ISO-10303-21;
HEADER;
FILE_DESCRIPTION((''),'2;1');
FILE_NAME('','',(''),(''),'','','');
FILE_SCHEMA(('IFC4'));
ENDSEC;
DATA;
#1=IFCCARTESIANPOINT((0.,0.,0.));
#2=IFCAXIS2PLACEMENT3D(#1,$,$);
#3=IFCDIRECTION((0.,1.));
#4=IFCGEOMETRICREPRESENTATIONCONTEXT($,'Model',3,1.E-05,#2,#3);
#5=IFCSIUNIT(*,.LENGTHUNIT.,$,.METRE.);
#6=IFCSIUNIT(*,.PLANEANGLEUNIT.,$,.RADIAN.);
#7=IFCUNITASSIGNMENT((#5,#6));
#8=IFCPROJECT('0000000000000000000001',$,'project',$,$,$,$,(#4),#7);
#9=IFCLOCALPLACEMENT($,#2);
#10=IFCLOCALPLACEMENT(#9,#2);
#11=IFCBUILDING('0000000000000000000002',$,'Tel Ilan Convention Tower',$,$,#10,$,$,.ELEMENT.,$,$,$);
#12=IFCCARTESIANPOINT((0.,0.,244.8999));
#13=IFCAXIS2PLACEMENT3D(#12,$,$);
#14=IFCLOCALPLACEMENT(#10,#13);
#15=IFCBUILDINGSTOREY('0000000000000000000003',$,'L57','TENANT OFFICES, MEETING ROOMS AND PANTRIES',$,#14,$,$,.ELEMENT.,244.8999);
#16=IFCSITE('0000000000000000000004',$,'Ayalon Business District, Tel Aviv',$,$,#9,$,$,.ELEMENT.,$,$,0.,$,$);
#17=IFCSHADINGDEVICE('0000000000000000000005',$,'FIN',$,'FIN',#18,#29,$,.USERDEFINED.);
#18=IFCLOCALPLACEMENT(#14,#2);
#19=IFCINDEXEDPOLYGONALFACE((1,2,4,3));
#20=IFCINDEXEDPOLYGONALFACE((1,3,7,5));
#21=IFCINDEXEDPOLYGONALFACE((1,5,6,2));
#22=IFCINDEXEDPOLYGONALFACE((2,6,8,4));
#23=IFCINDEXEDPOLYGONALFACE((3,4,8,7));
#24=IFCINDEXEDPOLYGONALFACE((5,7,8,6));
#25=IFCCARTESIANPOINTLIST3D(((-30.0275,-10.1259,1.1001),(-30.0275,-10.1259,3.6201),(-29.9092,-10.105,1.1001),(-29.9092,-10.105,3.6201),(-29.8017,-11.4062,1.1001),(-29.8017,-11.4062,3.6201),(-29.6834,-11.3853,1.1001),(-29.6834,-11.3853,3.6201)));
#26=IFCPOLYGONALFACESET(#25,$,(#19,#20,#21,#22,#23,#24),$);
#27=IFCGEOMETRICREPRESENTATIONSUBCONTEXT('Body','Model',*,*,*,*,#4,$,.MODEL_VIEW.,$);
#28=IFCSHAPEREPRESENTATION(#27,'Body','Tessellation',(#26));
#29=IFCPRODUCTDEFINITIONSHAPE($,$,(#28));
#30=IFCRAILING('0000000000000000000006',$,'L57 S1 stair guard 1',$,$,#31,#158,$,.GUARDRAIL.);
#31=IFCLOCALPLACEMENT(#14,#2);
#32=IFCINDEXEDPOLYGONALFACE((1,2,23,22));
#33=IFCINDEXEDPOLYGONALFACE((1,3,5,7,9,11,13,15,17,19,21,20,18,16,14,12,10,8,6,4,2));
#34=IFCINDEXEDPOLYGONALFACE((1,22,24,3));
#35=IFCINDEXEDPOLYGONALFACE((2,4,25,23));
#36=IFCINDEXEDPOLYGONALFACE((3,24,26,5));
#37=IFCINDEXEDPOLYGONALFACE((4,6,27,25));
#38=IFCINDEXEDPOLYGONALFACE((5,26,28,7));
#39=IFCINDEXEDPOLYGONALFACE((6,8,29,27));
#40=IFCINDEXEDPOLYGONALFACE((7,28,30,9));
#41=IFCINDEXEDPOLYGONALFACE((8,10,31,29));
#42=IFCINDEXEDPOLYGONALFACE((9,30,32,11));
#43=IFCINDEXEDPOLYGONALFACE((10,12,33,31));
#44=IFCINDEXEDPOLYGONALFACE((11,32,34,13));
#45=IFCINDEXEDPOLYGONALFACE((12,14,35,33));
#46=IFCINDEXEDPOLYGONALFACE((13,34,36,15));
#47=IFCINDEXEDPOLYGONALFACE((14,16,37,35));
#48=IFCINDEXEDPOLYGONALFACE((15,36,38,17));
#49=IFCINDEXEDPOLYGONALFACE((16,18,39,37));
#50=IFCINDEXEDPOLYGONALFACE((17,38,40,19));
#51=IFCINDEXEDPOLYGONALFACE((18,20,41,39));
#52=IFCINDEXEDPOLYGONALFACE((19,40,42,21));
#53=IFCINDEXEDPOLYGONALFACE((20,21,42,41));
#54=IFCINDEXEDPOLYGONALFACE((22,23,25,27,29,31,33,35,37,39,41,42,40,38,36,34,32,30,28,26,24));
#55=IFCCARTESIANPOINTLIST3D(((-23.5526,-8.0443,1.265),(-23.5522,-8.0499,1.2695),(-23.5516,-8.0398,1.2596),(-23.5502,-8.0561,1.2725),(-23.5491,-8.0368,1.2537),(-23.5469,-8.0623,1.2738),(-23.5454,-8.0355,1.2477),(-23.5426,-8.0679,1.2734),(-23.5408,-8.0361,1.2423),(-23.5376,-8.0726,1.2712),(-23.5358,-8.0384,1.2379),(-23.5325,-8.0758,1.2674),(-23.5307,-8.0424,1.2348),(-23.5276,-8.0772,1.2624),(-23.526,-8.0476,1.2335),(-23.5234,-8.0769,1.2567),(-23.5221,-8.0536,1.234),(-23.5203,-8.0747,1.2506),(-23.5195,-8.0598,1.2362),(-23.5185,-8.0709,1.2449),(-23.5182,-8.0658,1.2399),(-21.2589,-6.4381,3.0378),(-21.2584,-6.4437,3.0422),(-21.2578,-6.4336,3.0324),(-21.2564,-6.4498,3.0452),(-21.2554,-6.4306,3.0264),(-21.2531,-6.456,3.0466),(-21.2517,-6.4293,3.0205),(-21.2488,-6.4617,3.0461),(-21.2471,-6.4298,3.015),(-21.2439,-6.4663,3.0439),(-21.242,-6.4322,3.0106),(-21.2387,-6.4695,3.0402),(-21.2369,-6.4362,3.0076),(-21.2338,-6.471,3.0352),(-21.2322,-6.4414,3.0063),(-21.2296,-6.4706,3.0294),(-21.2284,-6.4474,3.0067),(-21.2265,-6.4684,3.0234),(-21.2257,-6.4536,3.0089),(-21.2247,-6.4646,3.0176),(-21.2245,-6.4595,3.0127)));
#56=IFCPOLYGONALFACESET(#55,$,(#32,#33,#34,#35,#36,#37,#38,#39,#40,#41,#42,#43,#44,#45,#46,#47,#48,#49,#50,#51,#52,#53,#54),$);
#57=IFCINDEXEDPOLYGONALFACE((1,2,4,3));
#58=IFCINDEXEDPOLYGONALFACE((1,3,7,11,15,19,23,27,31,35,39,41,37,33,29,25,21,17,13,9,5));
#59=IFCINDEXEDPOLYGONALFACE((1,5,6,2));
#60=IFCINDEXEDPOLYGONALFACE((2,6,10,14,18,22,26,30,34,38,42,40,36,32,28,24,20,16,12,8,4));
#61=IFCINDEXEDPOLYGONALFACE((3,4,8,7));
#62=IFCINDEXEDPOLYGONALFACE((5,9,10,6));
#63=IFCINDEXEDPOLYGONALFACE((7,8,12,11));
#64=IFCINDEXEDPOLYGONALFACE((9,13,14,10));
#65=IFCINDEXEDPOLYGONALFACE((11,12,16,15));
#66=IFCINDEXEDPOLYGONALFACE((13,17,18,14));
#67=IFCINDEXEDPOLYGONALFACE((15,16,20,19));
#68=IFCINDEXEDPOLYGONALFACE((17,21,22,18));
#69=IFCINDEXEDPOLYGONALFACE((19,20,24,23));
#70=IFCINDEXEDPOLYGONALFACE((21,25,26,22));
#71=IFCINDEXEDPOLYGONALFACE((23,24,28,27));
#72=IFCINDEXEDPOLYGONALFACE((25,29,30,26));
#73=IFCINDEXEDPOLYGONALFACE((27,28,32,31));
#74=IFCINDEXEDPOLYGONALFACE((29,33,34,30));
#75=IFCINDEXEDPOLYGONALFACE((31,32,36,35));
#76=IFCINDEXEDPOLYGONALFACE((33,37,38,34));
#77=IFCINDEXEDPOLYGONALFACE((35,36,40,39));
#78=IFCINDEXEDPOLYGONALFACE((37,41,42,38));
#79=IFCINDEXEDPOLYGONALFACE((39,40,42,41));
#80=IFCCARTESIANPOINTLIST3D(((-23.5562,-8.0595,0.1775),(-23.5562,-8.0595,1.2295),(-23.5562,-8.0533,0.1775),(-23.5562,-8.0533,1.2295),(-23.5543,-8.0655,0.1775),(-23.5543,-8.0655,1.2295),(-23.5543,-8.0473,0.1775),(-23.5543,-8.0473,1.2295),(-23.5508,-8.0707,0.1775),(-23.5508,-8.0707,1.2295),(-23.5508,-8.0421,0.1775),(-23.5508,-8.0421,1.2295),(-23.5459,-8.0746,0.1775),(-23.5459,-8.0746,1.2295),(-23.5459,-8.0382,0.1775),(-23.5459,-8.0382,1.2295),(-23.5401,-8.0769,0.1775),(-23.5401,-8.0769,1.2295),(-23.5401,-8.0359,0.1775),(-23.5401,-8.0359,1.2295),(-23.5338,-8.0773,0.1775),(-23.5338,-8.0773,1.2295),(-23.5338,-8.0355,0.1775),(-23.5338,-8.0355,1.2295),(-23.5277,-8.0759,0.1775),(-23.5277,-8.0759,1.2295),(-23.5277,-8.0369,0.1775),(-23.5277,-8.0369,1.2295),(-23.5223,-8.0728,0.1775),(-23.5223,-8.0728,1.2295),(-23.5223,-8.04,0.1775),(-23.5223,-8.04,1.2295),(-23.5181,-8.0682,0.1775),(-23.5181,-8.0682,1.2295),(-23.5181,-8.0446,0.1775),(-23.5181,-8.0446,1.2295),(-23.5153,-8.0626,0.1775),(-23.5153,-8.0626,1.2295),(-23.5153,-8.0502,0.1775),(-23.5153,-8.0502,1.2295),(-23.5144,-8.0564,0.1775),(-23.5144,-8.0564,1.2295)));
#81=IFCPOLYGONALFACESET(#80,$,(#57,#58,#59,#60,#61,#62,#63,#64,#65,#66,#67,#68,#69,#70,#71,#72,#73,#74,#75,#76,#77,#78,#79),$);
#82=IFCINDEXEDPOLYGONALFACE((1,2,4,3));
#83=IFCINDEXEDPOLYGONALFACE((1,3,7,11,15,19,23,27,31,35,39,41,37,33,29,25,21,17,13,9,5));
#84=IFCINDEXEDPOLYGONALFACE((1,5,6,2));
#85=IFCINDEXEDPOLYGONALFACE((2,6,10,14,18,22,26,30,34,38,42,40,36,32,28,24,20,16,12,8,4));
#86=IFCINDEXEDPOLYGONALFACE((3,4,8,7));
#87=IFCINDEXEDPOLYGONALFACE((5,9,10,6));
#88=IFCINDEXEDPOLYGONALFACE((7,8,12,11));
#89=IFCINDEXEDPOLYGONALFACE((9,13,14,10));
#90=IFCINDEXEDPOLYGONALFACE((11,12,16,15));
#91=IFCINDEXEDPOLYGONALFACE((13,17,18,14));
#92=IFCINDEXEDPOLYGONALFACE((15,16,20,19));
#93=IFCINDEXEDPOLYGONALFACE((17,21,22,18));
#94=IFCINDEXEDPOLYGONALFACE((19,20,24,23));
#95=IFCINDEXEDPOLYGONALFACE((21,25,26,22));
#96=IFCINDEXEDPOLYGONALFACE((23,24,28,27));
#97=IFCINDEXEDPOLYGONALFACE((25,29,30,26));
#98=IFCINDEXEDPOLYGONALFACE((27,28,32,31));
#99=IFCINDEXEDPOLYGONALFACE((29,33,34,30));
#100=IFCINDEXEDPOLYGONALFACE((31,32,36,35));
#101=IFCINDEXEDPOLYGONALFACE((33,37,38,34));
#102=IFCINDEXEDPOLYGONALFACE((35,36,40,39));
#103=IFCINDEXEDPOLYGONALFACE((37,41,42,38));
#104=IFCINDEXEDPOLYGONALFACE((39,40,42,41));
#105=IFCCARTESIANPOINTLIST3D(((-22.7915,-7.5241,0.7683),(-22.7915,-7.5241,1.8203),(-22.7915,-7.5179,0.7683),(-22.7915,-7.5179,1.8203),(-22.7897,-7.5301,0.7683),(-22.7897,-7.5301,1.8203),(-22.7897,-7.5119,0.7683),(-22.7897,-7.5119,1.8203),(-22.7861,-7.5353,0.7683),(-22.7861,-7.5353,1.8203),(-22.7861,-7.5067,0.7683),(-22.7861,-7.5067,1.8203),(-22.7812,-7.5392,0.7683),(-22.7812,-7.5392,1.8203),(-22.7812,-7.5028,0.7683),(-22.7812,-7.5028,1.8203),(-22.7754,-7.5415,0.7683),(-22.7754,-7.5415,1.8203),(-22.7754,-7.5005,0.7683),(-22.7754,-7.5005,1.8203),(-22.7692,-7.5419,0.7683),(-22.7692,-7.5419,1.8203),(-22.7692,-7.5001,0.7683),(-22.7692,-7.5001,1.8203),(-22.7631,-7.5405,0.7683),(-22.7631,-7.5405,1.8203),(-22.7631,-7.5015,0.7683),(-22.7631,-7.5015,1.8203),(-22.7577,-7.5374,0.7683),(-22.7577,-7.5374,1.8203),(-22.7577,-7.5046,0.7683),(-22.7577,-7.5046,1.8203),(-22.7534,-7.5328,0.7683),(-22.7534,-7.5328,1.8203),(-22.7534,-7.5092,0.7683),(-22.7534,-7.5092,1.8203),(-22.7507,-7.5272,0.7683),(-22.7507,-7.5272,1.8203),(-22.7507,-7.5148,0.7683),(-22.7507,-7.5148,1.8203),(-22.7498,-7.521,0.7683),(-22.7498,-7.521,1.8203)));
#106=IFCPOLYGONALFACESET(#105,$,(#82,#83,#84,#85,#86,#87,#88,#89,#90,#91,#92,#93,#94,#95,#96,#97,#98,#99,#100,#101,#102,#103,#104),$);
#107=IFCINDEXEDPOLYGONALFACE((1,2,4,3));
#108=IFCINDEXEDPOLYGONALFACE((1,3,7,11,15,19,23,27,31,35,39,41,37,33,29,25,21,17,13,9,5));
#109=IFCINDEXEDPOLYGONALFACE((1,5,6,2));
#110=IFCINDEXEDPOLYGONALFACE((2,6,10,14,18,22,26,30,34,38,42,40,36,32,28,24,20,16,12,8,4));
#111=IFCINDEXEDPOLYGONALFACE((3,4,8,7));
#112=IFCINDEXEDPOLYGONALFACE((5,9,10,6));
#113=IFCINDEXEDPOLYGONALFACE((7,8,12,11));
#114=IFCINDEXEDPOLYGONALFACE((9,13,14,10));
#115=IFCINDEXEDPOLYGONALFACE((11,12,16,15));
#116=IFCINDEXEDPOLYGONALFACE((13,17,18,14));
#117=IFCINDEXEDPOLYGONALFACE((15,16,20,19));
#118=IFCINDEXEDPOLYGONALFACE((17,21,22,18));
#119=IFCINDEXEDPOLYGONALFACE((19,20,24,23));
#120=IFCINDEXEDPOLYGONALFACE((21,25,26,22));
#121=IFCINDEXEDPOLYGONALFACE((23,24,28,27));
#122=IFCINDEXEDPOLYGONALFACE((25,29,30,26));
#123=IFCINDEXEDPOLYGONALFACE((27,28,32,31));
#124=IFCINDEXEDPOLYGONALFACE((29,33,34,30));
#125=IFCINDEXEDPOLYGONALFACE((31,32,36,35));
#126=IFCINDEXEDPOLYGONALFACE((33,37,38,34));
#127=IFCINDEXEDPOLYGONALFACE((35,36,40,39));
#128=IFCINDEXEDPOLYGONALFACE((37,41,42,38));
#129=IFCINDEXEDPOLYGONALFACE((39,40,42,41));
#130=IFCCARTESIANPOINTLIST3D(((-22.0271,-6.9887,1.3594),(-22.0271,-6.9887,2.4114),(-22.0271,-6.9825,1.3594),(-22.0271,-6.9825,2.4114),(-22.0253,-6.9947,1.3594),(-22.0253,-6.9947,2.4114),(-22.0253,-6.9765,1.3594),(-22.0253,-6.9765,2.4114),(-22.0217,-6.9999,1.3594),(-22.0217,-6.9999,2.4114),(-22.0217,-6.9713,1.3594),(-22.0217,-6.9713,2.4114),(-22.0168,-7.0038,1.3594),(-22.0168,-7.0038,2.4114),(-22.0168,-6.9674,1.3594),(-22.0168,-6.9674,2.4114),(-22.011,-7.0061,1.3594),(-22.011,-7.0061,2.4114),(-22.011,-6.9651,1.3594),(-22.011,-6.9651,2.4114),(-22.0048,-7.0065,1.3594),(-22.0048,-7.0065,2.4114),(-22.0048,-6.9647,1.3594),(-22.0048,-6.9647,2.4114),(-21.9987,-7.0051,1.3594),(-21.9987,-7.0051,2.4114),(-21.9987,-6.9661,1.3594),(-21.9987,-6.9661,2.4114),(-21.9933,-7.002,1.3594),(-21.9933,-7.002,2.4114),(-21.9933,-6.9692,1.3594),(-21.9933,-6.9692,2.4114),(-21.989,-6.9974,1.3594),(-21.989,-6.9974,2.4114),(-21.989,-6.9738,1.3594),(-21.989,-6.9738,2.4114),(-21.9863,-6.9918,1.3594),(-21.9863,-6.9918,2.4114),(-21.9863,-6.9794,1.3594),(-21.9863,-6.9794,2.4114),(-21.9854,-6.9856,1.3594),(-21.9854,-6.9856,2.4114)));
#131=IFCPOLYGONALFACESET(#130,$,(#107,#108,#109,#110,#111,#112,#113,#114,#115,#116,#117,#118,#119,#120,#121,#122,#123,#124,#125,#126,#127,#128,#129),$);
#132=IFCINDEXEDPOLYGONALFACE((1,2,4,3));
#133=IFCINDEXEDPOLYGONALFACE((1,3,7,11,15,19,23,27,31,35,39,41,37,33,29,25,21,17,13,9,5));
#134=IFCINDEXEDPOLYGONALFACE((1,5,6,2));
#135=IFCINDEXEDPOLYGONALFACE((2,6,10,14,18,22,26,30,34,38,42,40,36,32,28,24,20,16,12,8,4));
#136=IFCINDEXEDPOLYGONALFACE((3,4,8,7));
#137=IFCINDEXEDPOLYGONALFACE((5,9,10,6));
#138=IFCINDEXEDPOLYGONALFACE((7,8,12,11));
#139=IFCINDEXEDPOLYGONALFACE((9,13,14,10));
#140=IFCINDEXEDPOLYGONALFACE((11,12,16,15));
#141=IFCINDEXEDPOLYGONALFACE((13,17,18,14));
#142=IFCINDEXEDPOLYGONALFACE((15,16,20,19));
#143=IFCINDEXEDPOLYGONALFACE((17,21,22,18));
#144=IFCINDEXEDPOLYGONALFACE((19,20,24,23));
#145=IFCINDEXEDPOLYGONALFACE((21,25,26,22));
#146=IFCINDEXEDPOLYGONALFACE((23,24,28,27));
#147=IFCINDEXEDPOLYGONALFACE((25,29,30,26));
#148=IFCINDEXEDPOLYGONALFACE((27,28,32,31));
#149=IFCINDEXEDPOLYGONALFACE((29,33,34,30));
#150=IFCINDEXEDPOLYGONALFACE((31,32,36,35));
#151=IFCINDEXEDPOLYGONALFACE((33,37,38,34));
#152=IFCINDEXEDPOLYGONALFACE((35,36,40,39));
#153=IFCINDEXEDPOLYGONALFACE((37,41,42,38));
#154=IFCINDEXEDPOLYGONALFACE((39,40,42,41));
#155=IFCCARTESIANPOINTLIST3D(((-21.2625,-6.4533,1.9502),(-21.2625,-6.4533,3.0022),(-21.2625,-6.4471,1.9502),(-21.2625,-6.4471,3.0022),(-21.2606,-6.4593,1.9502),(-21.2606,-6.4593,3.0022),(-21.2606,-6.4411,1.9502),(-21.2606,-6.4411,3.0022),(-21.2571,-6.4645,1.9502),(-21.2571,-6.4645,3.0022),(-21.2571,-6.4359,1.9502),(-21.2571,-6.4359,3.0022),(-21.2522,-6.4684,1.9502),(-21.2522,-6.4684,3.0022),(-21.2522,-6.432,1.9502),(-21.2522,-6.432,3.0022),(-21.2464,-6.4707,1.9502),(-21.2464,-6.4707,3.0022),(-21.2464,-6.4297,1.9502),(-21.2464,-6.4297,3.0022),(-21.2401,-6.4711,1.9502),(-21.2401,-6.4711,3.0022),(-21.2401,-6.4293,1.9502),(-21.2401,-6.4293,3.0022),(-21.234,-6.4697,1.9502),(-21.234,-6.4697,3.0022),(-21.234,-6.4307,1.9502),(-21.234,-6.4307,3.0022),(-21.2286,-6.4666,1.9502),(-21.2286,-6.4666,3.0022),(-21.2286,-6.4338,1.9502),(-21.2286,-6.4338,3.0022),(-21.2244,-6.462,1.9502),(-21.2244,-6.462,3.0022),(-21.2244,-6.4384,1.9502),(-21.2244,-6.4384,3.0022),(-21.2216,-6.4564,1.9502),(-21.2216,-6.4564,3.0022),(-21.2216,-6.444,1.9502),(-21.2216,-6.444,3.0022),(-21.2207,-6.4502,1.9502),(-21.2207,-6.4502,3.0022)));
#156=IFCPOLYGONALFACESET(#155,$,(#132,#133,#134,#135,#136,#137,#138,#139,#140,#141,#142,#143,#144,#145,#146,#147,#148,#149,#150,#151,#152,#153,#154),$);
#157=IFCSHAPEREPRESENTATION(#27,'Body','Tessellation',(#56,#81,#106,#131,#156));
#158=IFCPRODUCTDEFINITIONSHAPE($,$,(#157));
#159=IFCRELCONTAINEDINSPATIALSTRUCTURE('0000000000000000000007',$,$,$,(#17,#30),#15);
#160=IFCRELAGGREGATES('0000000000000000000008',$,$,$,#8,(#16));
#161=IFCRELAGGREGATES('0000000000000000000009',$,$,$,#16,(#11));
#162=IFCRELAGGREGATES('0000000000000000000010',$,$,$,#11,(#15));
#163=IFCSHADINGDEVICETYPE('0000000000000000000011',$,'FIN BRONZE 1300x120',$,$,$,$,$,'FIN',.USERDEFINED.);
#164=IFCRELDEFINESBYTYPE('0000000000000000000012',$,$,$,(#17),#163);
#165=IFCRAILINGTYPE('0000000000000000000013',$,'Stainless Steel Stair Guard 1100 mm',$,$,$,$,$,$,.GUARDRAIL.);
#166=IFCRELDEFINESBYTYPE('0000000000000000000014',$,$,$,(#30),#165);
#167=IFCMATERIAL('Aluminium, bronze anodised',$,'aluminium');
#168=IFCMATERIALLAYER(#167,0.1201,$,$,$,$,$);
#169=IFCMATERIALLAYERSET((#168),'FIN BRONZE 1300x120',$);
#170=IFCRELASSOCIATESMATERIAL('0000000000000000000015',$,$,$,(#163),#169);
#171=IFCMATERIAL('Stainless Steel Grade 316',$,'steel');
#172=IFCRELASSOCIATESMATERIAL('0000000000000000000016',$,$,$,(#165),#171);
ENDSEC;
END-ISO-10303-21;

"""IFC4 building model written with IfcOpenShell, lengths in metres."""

from ifc_helpers import new_model, si_unit, direction, frame, origin, origin_2d, place, context, subcontext, project, spatial, rectangle, circle, extrude, material, layer, layer_set, type_object, element, save


model = new_model("IFC4")

# Units and contexts
model_context = context("Model", 3, precision=1e-05, world=origin(), true_north=direction((0.0, 1.0)))
body_context = subcontext(model_context, "Body", "Model", "MODEL_VIEW")
ifc_project = project(units=[si_unit("LENGTHUNIT", "METRE"), si_unit("PLANEANGLEUNIT", "RADIAN")], contexts=[model_context])

# Site, building, storey
site_placement = place(None, origin())
site = spatial("IfcSite", under=ifc_project, at=site_placement, Name="Ayalon Business District, Tel Aviv", CompositionType="ELEMENT", RefElevation=0.0)
building_placement = place(site_placement, origin())
building = spatial("IfcBuilding", under=site, at=building_placement, Name="Tel Ilan Convention Tower", CompositionType="ELEMENT")
storey_placement = place(building_placement, frame((0.0, 0.0, 244.8999)))
storey = spatial("IfcBuildingStorey", under=building, at=storey_placement, Name="L57", Description="TENANT OFFICES, MEETING ROOMS AND PANTRIES", CompositionType="ELEMENT", Elevation=244.8999)

# Shading device
ifc_material_1 = material(Name="Aluminium, bronze anodised", Category="aluminium")
ifc_layer_1 = layer(ifc_material_1, 0.1201)
ifc_layer_set_1 = layer_set([ifc_layer_1], Name="FIN BRONZE 1300x120")
shading_device_type = type_object("IfcShadingDeviceType", Name="FIN BRONZE 1300x120", ElementType="FIN", PredefinedType="USERDEFINED", material=ifc_layer_set_1)
for number, where, z_axis, x_axis, name in (
    (1, (-29.8555, -10.7556, 1.1001), (0.0, 0.0, 1.0), (-0.173648, 0.984808, 0.0), "FIN"),
):
    element("IfcShadingDevice", number, at=place(storey_placement, frame(where, z_axis=z_axis, x_axis=x_axis)), inside=storey, type_object=shading_device_type, Name=name, ObjectType="FIN", PredefinedType="USERDEFINED", context=body_context, shape_type="SweptSolid", body=[
        extrude(rectangle(XDim=1.3, YDim=0.1201, at=origin_2d()), origin(), (0.0, 0.0, 1.0), 2.52),
    ])

# Railing
ifc_material_2 = material(Name="Stainless Steel Grade 316", Category="steel")
railing_type = type_object("IfcRailingType", Name="Stainless Steel Stair Guard 1100 mm", PredefinedType="GUARDRAIL", material=ifc_material_2)
railing_1_placement = place(storey_placement, frame((-23.5354, -8.0564, 0.1775)))
element("IfcRailing", 2, at=railing_1_placement, inside=storey, type_object=railing_type, Name="L57 S1 stair guard 1", PredefinedType="GUARDRAIL", context=body_context, shape_type="SweptSolid", body=[
    extrude(circle(Radius=0.0239, at=origin_2d()), frame((0.0, 0.0, 1.0762), z_axis=(0.692098, 0.484653, 0.534894), x_axis=(-0.573609, 0.81913, 0.0)), (0.0, 0.0, 1.0), 3.3142),
    extrude(circle(Radius=0.021, at=origin_2d()), origin(), (0.0, 0.0, 1.0), 1.052),
    extrude(circle(Radius=0.021, at=origin_2d()), frame((0.7646, 0.5354, 0.5908)), (0.0, 0.0, 1.0), 1.052),
    extrude(circle(Radius=0.021, at=origin_2d()), frame((1.5291, 1.0708, 1.1819)), (0.0, 0.0, 1.0), 1.052),
    extrude(circle(Radius=0.021, at=origin_2d()), frame((2.2937, 1.6062, 1.7727)), (0.0, 0.0, 1.0), 1.052),
])

save(model, "model.ifc")
